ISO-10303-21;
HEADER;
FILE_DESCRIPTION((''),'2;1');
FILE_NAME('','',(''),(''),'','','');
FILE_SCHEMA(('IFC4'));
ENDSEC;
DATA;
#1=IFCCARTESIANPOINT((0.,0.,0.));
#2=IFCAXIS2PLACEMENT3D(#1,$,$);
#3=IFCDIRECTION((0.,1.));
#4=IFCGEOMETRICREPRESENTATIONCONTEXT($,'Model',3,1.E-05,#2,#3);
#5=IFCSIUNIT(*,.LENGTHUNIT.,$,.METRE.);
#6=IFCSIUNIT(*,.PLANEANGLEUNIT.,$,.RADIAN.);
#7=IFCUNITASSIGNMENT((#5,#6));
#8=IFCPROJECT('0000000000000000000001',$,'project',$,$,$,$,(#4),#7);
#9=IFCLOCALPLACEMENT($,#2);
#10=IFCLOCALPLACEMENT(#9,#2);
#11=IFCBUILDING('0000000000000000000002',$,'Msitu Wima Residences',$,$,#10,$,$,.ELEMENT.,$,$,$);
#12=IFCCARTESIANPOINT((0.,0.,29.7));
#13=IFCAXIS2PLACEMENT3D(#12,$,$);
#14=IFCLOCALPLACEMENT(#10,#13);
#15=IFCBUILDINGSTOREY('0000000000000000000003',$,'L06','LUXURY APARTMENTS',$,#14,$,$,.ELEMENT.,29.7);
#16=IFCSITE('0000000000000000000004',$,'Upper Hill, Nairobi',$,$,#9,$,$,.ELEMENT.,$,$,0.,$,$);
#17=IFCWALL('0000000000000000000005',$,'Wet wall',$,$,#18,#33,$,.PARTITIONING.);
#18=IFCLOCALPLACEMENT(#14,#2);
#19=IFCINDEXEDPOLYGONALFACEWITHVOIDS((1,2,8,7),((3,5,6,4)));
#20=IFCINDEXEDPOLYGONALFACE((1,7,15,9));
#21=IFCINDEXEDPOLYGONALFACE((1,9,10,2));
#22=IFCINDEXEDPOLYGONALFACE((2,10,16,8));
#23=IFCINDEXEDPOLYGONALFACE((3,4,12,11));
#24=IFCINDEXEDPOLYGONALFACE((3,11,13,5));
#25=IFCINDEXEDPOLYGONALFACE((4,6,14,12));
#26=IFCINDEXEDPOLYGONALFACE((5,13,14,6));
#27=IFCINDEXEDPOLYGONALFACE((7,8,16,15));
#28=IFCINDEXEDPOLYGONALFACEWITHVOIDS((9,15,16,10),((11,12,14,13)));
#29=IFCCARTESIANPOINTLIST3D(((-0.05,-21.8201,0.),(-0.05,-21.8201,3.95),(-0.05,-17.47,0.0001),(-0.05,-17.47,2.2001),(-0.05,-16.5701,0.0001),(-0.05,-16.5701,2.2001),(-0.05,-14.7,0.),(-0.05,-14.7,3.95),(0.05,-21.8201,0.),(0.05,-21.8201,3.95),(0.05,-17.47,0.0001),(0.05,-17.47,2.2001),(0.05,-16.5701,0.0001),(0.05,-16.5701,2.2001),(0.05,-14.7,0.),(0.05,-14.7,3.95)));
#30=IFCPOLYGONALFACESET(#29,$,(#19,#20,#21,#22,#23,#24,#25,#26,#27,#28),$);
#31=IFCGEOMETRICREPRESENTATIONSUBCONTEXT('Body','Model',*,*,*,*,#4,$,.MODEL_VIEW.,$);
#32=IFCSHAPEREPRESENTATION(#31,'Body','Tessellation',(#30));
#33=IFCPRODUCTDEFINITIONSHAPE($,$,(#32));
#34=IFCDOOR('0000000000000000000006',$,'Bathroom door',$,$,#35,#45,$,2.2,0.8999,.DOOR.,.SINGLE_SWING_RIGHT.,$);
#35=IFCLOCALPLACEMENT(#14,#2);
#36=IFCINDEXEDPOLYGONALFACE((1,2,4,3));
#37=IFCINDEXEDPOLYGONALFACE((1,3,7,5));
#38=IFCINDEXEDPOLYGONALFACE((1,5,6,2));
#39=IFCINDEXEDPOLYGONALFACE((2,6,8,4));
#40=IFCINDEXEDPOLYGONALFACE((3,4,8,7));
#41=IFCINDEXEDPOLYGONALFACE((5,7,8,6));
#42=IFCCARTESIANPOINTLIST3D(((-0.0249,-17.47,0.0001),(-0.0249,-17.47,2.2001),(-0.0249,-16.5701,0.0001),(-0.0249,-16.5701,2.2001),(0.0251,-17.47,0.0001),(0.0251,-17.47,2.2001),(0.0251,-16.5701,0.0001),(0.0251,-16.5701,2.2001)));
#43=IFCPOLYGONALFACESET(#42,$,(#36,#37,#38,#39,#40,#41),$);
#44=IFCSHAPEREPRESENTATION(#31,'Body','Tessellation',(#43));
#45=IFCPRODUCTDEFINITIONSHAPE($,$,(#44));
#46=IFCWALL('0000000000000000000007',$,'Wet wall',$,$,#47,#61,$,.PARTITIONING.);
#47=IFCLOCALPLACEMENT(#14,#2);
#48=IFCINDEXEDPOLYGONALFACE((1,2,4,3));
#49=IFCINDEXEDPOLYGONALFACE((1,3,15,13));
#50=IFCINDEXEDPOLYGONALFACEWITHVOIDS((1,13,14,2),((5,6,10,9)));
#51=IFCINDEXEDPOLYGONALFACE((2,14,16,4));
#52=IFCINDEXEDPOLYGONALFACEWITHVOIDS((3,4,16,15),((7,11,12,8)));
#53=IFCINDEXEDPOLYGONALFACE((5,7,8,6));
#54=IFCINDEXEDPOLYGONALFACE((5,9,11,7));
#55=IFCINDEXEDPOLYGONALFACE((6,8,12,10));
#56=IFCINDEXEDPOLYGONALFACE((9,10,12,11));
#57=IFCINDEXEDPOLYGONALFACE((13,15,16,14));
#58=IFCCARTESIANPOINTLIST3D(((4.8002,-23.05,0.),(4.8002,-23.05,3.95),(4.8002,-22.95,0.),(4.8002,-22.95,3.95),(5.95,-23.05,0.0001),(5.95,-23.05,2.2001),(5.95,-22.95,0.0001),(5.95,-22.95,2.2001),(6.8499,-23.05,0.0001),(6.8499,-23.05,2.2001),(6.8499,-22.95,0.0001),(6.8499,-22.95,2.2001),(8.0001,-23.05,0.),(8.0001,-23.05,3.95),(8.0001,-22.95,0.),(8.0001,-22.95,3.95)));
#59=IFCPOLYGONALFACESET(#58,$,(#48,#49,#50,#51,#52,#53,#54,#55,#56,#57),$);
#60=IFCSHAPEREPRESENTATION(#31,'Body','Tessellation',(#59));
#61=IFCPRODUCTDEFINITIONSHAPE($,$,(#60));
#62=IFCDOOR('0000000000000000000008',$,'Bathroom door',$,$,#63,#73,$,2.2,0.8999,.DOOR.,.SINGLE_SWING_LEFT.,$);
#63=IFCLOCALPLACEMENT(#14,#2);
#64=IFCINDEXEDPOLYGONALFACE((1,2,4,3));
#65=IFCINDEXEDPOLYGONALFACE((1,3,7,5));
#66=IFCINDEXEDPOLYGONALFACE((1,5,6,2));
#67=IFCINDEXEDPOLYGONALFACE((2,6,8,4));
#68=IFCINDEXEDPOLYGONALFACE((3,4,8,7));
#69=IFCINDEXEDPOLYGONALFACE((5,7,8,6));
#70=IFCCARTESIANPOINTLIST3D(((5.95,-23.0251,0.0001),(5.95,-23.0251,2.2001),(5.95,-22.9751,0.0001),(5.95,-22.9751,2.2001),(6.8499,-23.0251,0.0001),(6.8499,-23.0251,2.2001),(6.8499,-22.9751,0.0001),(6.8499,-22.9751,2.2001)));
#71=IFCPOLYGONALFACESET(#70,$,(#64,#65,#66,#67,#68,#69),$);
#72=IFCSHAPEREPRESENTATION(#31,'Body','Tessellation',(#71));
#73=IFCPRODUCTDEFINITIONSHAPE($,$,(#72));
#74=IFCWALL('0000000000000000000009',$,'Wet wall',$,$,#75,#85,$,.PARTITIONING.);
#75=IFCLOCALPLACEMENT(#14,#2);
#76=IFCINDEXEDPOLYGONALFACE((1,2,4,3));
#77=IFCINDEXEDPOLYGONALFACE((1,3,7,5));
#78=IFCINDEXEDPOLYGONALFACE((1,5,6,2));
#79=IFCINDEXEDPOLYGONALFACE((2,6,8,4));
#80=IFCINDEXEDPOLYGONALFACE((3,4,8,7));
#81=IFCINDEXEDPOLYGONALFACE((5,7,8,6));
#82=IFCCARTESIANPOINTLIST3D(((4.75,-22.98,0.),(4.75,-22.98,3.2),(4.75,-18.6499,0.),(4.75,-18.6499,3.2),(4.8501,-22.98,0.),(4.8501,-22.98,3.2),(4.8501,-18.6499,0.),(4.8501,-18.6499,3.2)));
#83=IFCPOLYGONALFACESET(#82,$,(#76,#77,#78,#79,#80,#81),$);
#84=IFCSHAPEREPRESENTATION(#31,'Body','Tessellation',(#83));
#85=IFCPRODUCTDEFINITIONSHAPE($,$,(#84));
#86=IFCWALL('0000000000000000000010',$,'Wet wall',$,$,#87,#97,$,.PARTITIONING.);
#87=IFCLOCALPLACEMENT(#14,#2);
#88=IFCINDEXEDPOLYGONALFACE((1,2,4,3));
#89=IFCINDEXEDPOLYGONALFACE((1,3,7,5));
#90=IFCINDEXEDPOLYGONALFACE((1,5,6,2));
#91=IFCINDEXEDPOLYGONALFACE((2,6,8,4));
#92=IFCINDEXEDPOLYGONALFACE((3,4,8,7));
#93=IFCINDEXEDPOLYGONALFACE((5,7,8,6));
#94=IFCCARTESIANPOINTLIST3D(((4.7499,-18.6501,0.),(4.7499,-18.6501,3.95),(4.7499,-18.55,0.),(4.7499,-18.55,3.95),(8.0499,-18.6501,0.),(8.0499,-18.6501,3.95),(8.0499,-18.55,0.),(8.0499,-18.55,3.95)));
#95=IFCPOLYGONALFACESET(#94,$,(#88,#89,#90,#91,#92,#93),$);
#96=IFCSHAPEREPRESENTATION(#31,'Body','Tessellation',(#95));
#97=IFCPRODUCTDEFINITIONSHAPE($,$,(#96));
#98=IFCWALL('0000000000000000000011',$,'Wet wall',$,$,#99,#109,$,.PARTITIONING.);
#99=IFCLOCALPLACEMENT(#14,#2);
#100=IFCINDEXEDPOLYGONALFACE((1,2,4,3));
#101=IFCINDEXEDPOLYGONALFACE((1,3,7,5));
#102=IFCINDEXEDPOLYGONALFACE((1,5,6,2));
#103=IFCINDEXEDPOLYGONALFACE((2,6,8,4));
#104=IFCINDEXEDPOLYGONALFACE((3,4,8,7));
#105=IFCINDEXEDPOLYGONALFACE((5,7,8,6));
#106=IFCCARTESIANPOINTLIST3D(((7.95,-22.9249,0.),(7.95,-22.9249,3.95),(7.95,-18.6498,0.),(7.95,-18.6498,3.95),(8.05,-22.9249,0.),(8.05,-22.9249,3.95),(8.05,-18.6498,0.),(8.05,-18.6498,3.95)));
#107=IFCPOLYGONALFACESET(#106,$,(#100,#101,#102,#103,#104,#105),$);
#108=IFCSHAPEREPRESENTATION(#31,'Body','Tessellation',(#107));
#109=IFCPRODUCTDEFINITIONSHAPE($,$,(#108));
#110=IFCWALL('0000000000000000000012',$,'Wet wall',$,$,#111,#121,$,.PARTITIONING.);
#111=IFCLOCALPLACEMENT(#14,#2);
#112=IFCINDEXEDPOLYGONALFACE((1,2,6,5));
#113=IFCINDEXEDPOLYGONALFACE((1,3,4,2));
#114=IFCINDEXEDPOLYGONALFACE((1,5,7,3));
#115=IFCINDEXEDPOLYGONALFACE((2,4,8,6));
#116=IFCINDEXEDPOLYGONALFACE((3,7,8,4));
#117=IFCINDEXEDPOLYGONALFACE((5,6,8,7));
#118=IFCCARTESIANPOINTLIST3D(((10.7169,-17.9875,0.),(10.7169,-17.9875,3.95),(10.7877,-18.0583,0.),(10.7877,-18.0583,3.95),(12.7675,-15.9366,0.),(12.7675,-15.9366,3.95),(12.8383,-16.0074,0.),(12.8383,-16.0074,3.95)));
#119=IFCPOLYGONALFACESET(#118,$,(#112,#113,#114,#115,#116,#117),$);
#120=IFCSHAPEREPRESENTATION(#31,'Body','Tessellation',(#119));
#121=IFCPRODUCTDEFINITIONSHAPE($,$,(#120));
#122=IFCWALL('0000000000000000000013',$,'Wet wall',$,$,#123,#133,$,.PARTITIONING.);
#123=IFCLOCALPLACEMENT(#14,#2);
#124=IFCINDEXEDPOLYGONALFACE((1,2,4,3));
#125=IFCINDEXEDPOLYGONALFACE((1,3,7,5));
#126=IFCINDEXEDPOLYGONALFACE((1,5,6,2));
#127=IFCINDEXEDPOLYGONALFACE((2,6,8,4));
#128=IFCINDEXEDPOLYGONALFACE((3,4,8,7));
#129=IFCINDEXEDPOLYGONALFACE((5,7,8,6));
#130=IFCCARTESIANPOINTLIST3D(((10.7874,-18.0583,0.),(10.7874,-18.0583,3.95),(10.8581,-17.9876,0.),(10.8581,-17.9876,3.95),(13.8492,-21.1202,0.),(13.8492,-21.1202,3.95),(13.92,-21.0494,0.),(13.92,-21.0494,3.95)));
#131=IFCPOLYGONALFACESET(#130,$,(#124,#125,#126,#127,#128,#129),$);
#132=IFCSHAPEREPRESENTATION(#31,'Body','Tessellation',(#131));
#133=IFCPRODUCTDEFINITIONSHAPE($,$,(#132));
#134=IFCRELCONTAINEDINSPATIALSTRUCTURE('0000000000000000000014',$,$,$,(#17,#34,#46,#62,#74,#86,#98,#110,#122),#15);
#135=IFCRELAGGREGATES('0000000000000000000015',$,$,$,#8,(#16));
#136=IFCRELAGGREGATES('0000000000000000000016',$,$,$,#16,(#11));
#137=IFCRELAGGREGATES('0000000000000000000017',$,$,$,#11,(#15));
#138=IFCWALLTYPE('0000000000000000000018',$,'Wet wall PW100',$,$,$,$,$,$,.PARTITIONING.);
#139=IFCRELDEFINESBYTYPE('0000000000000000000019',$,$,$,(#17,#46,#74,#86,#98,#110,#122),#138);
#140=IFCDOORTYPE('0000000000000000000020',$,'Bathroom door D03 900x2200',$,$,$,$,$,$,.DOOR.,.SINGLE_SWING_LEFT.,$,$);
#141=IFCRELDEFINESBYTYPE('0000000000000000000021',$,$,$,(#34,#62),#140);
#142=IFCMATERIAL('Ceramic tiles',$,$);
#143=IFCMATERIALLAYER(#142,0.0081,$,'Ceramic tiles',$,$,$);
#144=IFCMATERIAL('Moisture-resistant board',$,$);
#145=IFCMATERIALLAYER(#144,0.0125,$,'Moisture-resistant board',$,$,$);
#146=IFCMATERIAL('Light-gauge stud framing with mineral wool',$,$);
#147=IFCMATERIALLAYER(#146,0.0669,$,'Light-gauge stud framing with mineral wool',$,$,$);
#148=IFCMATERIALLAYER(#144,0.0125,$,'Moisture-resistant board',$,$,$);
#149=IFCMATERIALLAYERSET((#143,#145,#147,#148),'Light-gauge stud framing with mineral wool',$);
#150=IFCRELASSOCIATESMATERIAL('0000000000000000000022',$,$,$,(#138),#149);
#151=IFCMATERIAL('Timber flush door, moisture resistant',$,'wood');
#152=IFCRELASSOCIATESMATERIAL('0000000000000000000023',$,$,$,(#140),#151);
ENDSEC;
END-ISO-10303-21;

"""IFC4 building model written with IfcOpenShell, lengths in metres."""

from ifc_helpers import new_model, si_unit, direction, frame, frame_2d, origin, place, context, subcontext, project, spatial, rectangle, extrude, material, layer, layer_set, type_object, element, fill, save


model = new_model("IFC4")

# Units and contexts
model_context = context("Model", 3, precision=1e-05, world=origin(), true_north=direction((0.0, 1.0)))
body_context = subcontext(model_context, "Body", "Model", "MODEL_VIEW")
ifc_project = project(units=[si_unit("LENGTHUNIT", "METRE"), si_unit("PLANEANGLEUNIT", "RADIAN")], contexts=[model_context])

# Site, building, storey
site_placement = place(None, origin())
site = spatial("IfcSite", under=ifc_project, at=site_placement, Name="Upper Hill, Nairobi", CompositionType="ELEMENT", RefElevation=0.0)
building_placement = place(site_placement, origin())
building = spatial("IfcBuilding", under=site, at=building_placement, Name="Msitu Wima Residences", CompositionType="ELEMENT")
storey_placement = place(building_placement, frame((0.0, 0.0, 29.7)))
storey = spatial("IfcBuildingStorey", under=building, at=storey_placement, Name="L06", Description="LUXURY APARTMENTS", CompositionType="ELEMENT", Elevation=29.7)

# Walls, openings, doors
ifc_material_1 = material(Name="Ceramic tiles")
ifc_layer_1 = layer(ifc_material_1, 0.0081, Name="Ceramic tiles")
ifc_material_2 = material(Name="Moisture-resistant board")
ifc_layer_2 = layer(ifc_material_2, 0.0125, Name="Moisture-resistant board")
ifc_material_3 = material(Name="Light-gauge stud framing with mineral wool")
ifc_layer_3 = layer(ifc_material_3, 0.0669, Name="Light-gauge stud framing with mineral wool")
ifc_layer_4 = layer(ifc_material_2, 0.0125, Name="Moisture-resistant board")
ifc_layer_set_1 = layer_set([ifc_layer_1, ifc_layer_2, ifc_layer_3, ifc_layer_4], Name="Light-gauge stud framing with mineral wool")
wall_type_1 = type_object("IfcWallType", Name="Wet wall PW100", PredefinedType="PARTITIONING", material=ifc_layer_set_1)
wall_1_placement = place(storey_placement, frame((0.0, -21.8201, 0.0), z_axis=(0.0, 0.0, 1.0), x_axis=(0.0, 1.0, 0.0)))
wall_1 = element("IfcWall", 1, at=wall_1_placement, inside=storey, type_object=wall_type_1, Name="Wet wall", PredefinedType="PARTITIONING", context=body_context, shape_type="SweptSolid", body=[
    extrude(rectangle(XDim=7.1201, YDim=0.1001, at=frame_2d((3.5601, 0.0))), origin(), (0.0, 0.0, 1.0), 3.95),
])
opening_1_placement = place(wall_1_placement, frame((4.3501, 0.0, 0.0)))
opening_1 = element("IfcOpeningElement", 2, at=opening_1_placement, cuts=wall_1, PredefinedType="OPENING", context=body_context, shape_type="SweptSolid", body=[
    extrude(rectangle(XDim=0.8999, YDim=2.2, at=frame_2d((0.45, 1.1001))), frame((0.0, 0.0601, 0.0), z_axis=(0.0, -1.0, 0.0), x_axis=(1.0, 0.0, 0.0)), (0.0, 0.0, 1.0), 0.1201),
])
ifc_material_4 = material(Name="Timber flush door, moisture resistant", Category="wood")
door_type_1 = type_object("IfcDoorType", Name="Bathroom door D03 900x2200", OperationType="SINGLE_SWING_LEFT", PredefinedType="DOOR", material=ifc_material_4)
door_1_placement = place(opening_1_placement, origin())
door_1 = element("IfcDoor", 3, at=door_1_placement, inside=storey, type_object=door_type_1, Name="Bathroom door", OperationType="SINGLE_SWING_RIGHT", OverallHeight=2.2, OverallWidth=0.8999, PredefinedType="DOOR", context=body_context, shape_type="SweptSolid", body=[
    extrude(rectangle(XDim=0.8999, YDim=2.2, at=frame_2d((0.45, 1.1001))), frame((0.0, 0.0249, 0.0), z_axis=(0.0, -1.0, 0.0), x_axis=(1.0, 0.0, 0.0)), (0.0, 0.0, 1.0), 0.05),
])
fill(opening_1, door_1)
wall_2_placement = place(storey_placement, frame((4.8, -23.0, 0.0), z_axis=(0.0, 0.0, 1.0), x_axis=(1.0, 0.0, 0.0)))
wall_2 = element("IfcWall", 4, at=wall_2_placement, inside=storey, type_object=wall_type_1, Name="Wet wall", PredefinedType="PARTITIONING", context=body_context, shape_type="SweptSolid", body=[
    extrude(rectangle(XDim=3.2, YDim=0.1001, at=frame_2d((1.6001, 0.0))), origin(), (0.0, 0.0, 1.0), 3.95),
])
opening_2_placement = place(wall_2_placement, frame((1.1499, 0.0, 0.0)))
opening_2 = element("IfcOpeningElement", 5, at=opening_2_placement, cuts=wall_2, PredefinedType="OPENING", context=body_context, shape_type="SweptSolid", body=[
    extrude(rectangle(XDim=0.8999, YDim=2.2, at=frame_2d((0.45, 1.1001))), frame((0.0, 0.0601, 0.0), z_axis=(0.0, -1.0, 0.0), x_axis=(1.0, 0.0, 0.0)), (0.0, 0.0, 1.0), 0.1201),
])
door_2_placement = place(opening_2_placement, origin())
door_2 = element("IfcDoor", 6, at=door_2_placement, inside=storey, type_object=door_type_1, Name="Bathroom door", OperationType="SINGLE_SWING_LEFT", OverallHeight=2.2, OverallWidth=0.8999, PredefinedType="DOOR", context=body_context, shape_type="SweptSolid", body=[
    extrude(rectangle(XDim=0.8999, YDim=2.2, at=frame_2d((0.45, 1.1001))), frame((0.0, 0.0249, 0.0), z_axis=(0.0, -1.0, 0.0), x_axis=(1.0, 0.0, 0.0)), (0.0, 0.0, 1.0), 0.05),
])
fill(opening_2, door_2)

# Walls
wall_3_placement = place(storey_placement, frame((4.8, -22.98, 0.0), z_axis=(0.0, 0.0, 1.0), x_axis=(0.0, 1.0, 0.0)))
element("IfcWall", 7, at=wall_3_placement, inside=storey, type_object=wall_type_1, Name="Wet wall", PredefinedType="PARTITIONING", context=body_context, shape_type="SweptSolid", body=[
    extrude(rectangle(XDim=4.3301, YDim=0.1001, at=frame_2d((2.165, 0.0))), origin(), (0.0, 0.0, 1.0), 3.2),
])
wall_4_placement = place(storey_placement, frame((4.75, -18.6001, 0.0), z_axis=(0.0, 0.0, 1.0), x_axis=(1.0, 0.0, 0.0)))
element("IfcWall", 8, at=wall_4_placement, inside=storey, type_object=wall_type_1, Name="Wet wall", PredefinedType="PARTITIONING", context=body_context, shape_type="SweptSolid", body=[
    extrude(rectangle(XDim=3.3, YDim=0.1001, at=frame_2d((1.6499, 0.0))), origin(), (0.0, 0.0, 1.0), 3.95),
])
wall_5_placement = place(storey_placement, frame((8.0, -22.925, 0.0), z_axis=(0.0, 0.0, 1.0), x_axis=(0.0, 1.0, 0.0)))
element("IfcWall", 9, at=wall_5_placement, inside=storey, type_object=wall_type_1, Name="Wet wall", PredefinedType="PARTITIONING", context=body_context, shape_type="SweptSolid", body=[
    extrude(rectangle(XDim=4.2751, YDim=0.1001, at=frame_2d((2.1377, 0.0))), origin(), (0.0, 0.0, 1.0), 3.95),
])
wall_6_placement = place(storey_placement, frame((10.7522, -18.0229, 0.0), z_axis=(0.0, 0.0, 1.0), x_axis=(0.707065, 0.707149, 0.0)))
element("IfcWall", 10, at=wall_6_placement, inside=storey, type_object=wall_type_1, Name="Wet wall", PredefinedType="PARTITIONING", context=body_context, shape_type="SweptSolid", body=[
    extrude(rectangle(XDim=2.9001, YDim=0.1001, at=frame_2d((1.4502, 0.0))), origin(), (0.0, 0.0, 1.0), 3.95),
])
wall_7_placement = place(storey_placement, frame((10.8228, -18.0229, 0.0), z_axis=(0.0, 0.0, 1.0), x_axis=(0.707107, -0.707107, 0.0)))
element("IfcWall", 11, at=wall_7_placement, inside=storey, type_object=wall_type_1, Name="Wet wall", PredefinedType="PARTITIONING", context=body_context, shape_type="SweptSolid", body=[
    extrude(rectangle(XDim=4.3301, YDim=0.1001, at=frame_2d((2.165, 0.0))), origin(), (0.0, 0.0, 1.0), 3.95),
])

save(model, "model.ifc")
